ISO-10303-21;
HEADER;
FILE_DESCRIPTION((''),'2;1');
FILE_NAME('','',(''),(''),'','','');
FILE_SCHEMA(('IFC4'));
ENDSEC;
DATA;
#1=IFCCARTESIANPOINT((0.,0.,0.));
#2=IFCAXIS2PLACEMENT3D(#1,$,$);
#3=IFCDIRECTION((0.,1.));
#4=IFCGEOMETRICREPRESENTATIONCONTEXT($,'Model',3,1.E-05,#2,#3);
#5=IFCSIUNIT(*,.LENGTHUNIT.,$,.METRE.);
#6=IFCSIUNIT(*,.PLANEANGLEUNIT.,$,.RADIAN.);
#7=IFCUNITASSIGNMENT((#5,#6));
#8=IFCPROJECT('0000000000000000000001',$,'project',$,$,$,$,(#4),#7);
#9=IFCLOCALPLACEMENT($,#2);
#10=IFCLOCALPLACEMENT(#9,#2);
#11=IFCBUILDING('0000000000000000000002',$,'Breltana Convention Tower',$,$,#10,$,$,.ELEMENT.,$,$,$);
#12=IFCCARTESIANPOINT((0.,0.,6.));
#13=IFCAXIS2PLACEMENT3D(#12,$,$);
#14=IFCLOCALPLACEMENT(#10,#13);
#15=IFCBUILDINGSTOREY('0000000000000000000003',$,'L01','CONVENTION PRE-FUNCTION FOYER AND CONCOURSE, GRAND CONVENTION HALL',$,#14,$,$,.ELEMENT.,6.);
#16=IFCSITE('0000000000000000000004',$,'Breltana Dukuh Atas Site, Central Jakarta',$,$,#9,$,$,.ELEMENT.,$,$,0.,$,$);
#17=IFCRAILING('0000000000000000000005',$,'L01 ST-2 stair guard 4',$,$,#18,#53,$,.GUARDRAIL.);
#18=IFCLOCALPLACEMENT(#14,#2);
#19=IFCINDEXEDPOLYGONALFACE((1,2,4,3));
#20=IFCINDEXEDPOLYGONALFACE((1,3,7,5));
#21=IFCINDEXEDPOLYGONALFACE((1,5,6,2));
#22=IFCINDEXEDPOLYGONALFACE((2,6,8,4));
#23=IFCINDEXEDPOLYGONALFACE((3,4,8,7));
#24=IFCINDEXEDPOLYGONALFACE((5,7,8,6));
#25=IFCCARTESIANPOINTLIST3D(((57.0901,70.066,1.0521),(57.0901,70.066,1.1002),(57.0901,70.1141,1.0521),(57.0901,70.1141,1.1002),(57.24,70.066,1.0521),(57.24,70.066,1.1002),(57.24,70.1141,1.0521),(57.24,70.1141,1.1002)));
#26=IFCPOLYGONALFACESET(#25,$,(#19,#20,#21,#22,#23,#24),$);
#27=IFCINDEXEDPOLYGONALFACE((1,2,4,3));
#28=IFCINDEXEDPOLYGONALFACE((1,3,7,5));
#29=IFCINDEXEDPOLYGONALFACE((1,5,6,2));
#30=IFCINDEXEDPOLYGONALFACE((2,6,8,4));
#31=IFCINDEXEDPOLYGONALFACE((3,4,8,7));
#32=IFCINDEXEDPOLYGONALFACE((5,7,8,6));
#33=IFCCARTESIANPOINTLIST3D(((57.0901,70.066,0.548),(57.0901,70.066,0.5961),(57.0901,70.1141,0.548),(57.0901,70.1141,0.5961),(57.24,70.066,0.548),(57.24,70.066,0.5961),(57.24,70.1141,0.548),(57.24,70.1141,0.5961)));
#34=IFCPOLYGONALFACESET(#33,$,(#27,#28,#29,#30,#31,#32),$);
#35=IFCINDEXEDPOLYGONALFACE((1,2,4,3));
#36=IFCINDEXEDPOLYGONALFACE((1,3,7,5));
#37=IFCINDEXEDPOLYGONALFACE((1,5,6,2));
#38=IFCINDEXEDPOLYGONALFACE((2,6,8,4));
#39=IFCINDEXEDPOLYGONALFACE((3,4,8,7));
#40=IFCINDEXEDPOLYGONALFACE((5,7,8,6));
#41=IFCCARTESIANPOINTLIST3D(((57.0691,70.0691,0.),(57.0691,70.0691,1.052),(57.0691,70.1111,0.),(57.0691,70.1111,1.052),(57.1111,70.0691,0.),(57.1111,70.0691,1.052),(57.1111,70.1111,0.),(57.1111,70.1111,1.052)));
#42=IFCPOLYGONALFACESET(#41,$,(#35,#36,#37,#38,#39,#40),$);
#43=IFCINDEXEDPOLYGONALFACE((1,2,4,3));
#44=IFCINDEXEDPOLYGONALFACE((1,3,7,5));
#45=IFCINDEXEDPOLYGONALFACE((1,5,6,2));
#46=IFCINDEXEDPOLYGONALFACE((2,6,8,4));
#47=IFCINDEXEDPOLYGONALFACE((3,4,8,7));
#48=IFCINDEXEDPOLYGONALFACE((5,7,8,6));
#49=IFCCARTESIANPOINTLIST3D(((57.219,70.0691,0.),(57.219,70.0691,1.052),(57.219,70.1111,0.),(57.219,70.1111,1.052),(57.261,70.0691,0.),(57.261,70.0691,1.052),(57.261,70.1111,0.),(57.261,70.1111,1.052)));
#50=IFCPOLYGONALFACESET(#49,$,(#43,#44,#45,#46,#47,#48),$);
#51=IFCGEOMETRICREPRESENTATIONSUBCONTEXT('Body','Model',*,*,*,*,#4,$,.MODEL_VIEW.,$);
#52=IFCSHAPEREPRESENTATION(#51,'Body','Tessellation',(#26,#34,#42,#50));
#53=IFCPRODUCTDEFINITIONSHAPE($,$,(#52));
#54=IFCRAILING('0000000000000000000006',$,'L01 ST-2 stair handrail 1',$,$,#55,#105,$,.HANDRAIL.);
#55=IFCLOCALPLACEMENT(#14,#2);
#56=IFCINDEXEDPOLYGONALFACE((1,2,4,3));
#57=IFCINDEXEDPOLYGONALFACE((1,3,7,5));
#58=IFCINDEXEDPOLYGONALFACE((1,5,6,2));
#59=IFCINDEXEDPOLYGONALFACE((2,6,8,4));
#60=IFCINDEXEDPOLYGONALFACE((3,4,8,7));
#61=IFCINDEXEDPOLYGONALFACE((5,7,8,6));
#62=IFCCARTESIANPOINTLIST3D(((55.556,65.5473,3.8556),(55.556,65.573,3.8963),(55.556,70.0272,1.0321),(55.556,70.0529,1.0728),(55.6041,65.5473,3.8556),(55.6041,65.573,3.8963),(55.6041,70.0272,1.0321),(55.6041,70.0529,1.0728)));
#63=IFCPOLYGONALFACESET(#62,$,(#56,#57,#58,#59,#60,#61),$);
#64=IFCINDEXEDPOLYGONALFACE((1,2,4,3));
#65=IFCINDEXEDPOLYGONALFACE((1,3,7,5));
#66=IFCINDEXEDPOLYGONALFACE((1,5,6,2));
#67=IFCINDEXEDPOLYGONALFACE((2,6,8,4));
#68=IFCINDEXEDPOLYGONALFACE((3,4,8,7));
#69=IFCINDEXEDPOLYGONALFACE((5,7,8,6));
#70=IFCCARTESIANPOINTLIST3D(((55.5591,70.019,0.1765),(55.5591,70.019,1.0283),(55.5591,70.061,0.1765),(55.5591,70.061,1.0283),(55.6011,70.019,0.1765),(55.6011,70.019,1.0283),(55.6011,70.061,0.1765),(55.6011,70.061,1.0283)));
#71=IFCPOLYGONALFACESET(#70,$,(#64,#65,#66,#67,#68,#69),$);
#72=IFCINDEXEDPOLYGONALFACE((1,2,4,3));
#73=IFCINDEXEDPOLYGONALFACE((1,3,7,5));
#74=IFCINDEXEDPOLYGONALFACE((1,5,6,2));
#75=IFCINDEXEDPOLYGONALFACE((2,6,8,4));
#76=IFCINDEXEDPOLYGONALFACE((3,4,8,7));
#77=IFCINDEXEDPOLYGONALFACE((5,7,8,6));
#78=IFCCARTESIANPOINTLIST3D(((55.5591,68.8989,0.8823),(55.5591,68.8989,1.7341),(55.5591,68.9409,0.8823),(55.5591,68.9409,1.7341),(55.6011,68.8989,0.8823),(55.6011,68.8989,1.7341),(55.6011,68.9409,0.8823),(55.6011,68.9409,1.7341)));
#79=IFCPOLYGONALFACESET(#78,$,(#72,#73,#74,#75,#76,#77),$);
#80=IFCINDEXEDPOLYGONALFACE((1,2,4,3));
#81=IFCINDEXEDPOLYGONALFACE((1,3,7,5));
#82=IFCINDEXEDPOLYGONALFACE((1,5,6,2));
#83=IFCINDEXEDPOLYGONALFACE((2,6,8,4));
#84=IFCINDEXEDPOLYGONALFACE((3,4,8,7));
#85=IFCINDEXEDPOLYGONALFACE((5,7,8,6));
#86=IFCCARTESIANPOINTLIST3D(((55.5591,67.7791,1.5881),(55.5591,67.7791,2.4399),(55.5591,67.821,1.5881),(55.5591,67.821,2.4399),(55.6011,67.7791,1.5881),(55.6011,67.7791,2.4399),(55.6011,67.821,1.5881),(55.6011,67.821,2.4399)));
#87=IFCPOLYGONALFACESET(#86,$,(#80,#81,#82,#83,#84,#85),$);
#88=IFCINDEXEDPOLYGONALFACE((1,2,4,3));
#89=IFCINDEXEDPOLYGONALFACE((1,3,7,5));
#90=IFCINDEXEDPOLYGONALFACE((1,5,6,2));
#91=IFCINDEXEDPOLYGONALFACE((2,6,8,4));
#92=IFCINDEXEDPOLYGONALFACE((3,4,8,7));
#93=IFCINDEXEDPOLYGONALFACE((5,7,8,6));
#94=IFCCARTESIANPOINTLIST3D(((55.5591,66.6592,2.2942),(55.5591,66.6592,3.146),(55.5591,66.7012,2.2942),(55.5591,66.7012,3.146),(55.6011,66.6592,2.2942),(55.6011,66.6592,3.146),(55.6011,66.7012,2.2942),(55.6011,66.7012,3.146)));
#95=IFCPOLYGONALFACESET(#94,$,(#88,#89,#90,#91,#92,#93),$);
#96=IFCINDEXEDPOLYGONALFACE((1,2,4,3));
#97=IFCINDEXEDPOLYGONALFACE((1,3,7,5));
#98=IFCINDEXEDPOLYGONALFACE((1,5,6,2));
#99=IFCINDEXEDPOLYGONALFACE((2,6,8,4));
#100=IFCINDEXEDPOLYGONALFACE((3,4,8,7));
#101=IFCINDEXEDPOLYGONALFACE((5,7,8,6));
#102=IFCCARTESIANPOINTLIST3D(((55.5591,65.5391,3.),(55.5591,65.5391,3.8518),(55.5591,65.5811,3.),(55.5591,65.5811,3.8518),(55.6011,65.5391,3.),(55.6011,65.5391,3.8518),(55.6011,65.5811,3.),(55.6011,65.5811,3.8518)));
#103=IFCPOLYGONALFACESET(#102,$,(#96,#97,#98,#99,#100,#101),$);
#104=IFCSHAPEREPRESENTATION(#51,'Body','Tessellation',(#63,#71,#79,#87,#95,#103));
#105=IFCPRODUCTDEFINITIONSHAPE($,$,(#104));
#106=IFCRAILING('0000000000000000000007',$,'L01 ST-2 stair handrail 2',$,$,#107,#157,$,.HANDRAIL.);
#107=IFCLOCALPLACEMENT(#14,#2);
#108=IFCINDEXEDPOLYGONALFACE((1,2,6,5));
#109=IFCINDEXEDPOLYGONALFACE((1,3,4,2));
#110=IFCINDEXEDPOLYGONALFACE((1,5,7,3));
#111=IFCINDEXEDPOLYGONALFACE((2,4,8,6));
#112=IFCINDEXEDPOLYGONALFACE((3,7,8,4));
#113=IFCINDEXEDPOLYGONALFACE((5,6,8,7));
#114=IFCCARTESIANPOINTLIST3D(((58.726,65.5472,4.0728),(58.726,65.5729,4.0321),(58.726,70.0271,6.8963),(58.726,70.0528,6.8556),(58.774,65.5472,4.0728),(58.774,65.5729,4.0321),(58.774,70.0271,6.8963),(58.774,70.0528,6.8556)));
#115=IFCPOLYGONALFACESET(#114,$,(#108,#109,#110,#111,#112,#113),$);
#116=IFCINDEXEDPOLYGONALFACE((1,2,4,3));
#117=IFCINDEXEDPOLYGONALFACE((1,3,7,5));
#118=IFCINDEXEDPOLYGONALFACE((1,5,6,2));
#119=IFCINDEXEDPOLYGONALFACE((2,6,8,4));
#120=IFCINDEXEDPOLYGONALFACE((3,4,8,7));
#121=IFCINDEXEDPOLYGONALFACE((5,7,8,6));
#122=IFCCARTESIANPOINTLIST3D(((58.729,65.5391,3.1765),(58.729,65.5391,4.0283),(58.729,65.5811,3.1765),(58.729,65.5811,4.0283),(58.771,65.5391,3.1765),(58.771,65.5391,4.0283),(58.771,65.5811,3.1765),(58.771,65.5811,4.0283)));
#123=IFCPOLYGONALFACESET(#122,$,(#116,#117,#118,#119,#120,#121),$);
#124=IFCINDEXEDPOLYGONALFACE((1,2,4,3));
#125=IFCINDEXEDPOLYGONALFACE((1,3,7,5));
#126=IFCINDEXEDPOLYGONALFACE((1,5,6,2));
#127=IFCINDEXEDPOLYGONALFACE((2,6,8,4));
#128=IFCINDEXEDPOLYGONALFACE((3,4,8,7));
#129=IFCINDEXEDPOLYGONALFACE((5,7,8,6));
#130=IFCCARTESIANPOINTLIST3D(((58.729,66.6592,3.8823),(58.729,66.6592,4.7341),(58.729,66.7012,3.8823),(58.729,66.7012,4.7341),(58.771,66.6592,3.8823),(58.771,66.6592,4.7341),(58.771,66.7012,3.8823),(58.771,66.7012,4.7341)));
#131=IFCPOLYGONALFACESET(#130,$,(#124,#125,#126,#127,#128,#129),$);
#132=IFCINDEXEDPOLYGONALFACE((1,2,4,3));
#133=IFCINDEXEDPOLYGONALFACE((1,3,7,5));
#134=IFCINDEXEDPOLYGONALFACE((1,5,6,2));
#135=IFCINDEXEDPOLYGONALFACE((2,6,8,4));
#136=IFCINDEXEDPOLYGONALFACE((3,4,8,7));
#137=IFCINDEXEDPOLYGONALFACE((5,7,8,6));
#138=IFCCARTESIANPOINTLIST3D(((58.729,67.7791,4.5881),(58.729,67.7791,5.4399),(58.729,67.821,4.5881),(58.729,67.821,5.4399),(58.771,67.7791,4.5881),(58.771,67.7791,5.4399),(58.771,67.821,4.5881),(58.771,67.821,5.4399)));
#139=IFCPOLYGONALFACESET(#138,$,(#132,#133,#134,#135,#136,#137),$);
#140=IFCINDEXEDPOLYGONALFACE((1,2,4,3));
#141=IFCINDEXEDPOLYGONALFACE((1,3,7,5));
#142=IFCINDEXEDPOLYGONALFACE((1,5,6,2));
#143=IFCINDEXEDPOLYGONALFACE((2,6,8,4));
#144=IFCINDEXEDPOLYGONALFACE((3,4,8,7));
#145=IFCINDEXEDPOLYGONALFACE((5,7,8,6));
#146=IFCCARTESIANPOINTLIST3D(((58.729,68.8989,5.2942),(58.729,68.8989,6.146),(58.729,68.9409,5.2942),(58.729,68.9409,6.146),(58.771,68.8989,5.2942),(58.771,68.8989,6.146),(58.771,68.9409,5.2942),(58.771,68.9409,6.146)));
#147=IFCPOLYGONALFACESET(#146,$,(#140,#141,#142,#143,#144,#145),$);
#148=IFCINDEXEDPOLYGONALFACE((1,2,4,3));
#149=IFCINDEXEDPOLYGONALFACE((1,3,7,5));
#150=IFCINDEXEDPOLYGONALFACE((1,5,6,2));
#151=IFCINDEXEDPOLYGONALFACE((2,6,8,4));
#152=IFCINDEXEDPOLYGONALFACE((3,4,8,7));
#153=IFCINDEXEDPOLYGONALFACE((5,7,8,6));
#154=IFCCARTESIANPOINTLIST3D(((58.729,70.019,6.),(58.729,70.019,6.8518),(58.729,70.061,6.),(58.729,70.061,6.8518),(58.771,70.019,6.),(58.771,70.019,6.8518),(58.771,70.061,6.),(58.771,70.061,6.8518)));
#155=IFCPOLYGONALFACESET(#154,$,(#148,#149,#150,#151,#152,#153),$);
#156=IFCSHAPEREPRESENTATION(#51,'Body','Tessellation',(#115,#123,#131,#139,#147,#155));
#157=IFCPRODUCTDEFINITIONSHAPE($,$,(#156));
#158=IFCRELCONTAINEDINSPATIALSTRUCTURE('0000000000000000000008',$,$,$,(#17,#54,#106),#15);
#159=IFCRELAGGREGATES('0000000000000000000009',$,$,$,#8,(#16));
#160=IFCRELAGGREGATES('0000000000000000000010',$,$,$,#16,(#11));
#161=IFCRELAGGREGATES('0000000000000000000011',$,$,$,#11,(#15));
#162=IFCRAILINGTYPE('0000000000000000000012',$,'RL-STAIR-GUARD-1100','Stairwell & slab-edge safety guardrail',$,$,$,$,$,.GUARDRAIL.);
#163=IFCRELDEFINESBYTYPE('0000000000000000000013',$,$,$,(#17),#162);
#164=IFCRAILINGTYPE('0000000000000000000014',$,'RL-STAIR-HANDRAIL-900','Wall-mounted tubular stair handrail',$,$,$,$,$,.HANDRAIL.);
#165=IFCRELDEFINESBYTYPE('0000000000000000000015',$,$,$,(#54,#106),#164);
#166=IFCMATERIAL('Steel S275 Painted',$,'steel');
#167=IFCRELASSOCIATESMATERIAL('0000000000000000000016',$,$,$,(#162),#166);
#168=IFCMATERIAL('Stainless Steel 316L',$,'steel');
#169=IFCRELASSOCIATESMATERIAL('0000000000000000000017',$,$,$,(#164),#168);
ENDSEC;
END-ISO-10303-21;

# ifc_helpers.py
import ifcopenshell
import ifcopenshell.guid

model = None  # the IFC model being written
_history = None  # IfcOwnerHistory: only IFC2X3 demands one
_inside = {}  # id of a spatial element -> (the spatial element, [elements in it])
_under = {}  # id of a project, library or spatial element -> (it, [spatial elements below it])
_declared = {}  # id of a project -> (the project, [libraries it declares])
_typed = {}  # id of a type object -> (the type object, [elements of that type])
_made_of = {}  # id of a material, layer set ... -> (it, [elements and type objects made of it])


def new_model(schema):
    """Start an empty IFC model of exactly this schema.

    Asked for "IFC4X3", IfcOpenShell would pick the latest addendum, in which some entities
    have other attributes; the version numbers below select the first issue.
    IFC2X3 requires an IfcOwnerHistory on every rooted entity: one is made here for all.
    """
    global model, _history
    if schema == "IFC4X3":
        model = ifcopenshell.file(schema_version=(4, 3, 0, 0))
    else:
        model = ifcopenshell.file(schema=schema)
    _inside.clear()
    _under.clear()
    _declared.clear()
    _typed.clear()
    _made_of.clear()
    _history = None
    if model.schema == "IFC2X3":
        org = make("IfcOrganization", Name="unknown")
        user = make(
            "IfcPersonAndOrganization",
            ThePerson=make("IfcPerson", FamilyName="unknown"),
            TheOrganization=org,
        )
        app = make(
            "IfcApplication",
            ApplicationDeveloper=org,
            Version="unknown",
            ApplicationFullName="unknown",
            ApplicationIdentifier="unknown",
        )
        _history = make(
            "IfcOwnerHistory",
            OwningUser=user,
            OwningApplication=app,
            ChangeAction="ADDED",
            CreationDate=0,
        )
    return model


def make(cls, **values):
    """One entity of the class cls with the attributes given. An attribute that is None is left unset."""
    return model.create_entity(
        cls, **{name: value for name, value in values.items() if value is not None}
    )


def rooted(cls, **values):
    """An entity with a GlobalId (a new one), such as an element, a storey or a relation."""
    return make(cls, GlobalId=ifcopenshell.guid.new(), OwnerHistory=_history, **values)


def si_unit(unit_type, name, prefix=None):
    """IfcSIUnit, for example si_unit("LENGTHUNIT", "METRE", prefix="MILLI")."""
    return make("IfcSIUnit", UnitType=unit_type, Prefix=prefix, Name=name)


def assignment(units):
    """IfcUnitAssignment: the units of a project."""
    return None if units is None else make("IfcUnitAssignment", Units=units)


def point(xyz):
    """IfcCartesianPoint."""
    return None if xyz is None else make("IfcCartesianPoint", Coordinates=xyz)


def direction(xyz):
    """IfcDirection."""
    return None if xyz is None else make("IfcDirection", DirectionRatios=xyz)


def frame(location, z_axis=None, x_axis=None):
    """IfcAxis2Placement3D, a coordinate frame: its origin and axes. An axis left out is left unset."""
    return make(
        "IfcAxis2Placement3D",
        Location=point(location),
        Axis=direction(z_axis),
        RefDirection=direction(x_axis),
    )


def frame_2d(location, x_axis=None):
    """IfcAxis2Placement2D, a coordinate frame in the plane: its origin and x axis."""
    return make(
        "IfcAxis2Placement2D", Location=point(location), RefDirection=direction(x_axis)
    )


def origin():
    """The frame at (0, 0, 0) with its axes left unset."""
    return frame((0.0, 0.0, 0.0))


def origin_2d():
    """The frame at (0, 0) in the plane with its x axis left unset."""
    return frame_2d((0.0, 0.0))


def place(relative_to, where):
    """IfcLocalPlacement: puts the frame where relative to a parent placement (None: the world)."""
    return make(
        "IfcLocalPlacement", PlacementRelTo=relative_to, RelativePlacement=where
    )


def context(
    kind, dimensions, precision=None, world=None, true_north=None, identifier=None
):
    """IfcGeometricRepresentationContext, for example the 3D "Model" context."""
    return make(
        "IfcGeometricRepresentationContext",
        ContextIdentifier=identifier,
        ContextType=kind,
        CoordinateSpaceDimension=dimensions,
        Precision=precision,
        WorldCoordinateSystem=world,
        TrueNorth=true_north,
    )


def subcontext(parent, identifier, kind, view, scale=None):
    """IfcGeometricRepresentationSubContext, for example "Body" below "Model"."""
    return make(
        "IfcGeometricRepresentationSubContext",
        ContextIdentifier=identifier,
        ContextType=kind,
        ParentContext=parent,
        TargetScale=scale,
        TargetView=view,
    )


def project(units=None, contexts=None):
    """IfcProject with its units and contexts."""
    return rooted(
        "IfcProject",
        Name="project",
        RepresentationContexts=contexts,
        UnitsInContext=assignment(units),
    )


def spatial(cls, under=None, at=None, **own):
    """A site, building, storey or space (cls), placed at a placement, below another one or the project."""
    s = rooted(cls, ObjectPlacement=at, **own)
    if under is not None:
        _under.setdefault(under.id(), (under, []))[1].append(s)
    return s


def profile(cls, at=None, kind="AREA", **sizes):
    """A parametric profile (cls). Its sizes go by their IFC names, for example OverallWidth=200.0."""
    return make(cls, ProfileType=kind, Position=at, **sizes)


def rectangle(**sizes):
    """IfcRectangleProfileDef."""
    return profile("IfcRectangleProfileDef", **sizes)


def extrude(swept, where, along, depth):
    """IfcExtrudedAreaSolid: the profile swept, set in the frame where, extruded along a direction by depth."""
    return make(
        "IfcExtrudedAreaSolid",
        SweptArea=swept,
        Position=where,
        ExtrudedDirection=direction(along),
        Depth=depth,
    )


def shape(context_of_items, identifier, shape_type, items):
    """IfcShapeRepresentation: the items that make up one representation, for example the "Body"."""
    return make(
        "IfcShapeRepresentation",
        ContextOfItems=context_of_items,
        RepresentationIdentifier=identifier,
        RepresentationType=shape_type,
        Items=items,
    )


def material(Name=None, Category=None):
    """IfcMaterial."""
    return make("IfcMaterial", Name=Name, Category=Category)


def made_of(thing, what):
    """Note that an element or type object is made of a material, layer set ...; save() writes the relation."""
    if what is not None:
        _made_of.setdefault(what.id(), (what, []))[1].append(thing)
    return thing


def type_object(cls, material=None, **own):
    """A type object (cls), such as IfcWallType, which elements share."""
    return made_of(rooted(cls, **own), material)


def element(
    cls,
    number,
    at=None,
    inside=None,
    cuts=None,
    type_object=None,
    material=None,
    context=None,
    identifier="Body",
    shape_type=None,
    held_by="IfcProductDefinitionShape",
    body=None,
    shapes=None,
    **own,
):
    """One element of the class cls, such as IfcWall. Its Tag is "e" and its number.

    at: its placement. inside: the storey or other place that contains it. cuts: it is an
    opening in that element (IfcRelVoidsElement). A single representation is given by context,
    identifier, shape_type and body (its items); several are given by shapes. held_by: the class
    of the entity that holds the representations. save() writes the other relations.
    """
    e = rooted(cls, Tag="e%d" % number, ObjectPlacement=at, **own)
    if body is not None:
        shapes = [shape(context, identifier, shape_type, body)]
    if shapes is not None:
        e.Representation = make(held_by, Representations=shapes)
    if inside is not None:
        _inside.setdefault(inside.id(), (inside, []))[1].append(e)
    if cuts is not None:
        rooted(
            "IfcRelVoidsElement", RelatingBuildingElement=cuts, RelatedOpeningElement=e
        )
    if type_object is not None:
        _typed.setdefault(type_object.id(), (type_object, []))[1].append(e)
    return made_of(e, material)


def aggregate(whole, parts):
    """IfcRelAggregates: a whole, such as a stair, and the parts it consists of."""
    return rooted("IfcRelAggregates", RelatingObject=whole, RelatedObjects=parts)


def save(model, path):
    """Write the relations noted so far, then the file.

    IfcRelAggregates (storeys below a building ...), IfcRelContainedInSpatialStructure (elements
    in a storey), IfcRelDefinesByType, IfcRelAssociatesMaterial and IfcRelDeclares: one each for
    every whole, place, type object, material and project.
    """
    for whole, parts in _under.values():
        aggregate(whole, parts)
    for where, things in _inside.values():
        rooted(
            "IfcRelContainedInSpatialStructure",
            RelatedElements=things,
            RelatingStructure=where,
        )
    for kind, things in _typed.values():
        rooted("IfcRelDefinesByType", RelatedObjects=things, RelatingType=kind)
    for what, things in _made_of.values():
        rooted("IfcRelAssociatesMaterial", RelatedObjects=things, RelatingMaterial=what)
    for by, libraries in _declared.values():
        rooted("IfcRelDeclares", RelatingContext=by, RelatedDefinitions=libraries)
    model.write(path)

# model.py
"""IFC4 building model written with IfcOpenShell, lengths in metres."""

from ifc_helpers import new_model, si_unit, direction, frame, origin, origin_2d, place, context, subcontext, project, spatial, rectangle, extrude, material, type_object, element, save


model = new_model("IFC4")

# Units and contexts
model_context = context("Model", 3, precision=1e-05, world=origin(), true_north=direction((0.0, 1.0)))
body_context = subcontext(model_context, "Body", "Model", "MODEL_VIEW")
ifc_project = project(units=[si_unit("LENGTHUNIT", "METRE"), si_unit("PLANEANGLEUNIT", "RADIAN")], contexts=[model_context])

# Site, building, storey
site_placement = place(None, origin())
site = spatial("IfcSite", under=ifc_project, at=site_placement, Name="Breltana Dukuh Atas Site, Central Jakarta", CompositionType="ELEMENT", RefElevation=0.0)
building_placement = place(site_placement, origin())
building = spatial("IfcBuilding", under=site, at=building_placement, Name="Breltana Convention Tower", CompositionType="ELEMENT")
storey_placement = place(building_placement, frame((0.0, 0.0, 6.0)))
storey = spatial("IfcBuildingStorey", under=building, at=storey_placement, Name="L01", Description="CONVENTION PRE-FUNCTION FOYER AND CONCOURSE, GRAND CONVENTION HALL", CompositionType="ELEMENT", Elevation=6.0)

# Railings
ifc_material_1 = material(Name="Steel S275 Painted", Category="steel")
railing_type_1 = type_object("IfcRailingType", Name="RL-STAIR-GUARD-1100", Description="Stairwell & slab-edge safety guardrail", PredefinedType="GUARDRAIL", material=ifc_material_1)
railing_1_placement = place(storey_placement, frame((57.0901, 70.0901, 0.0)))
element("IfcRailing", 1, at=railing_1_placement, inside=storey, type_object=railing_type_1, Name="L01 ST-2 stair guard 4", PredefinedType="GUARDRAIL", context=body_context, shape_type="SweptSolid", body=[
    extrude(rectangle(XDim=0.0481, YDim=0.0481, at=origin_2d()), frame((0.0, 0.0, 1.0762), z_axis=(1.0, 0.0, 0.0), x_axis=(0.0, 1.0, 0.0)), (0.0, 0.0, 1.0), 0.1499),
    extrude(rectangle(XDim=0.0481, YDim=0.0481, at=origin_2d()), frame((0.0, 0.0, 0.572), z_axis=(1.0, 0.0, 0.0), x_axis=(0.0, 1.0, 0.0)), (0.0, 0.0, 1.0), 0.1499),
    extrude(rectangle(XDim=0.042, YDim=0.042, at=origin_2d()), origin(), (0.0, 0.0, 1.0), 1.052),
    extrude(rectangle(XDim=0.042, YDim=0.042, at=origin_2d()), frame((0.1499, 0.0, 0.0)), (0.0, 0.0, 1.0), 1.052),
])
ifc_material_2 = material(Name="Stainless Steel 316L", Category="steel")
railing_type_2 = type_object("IfcRailingType", Name="RL-STAIR-HANDRAIL-900", Description="Wall-mounted tubular stair handrail", PredefinedType="HANDRAIL", material=ifc_material_2)
railing_2_placement = place(storey_placement, frame((55.5801, 70.04, 0.1765)))
element("IfcRailing", 2, at=railing_2_placement, inside=storey, type_object=railing_type_2, Name="L01 ST-2 stair handrail 1", PredefinedType="HANDRAIL", context=body_context, shape_type="SweptSolid", body=[
    extrude(rectangle(XDim=0.0481, YDim=0.0481, at=origin_2d()), frame((0.0, 0.0, 0.876), z_axis=(0.0, -0.845998, 0.533186), x_axis=(1.0, 0.0, 0.0)), (0.0, 0.0, 1.0), 5.2954),
    extrude(rectangle(XDim=0.042, YDim=0.042, at=origin_2d()), origin(), (0.0, 0.0, 1.0), 0.8518),
    extrude(rectangle(XDim=0.042, YDim=0.042, at=origin_2d()), frame((0.0, -1.1201, 0.7058)), (0.0, 0.0, 1.0), 0.8518),
    extrude(rectangle(XDim=0.042, YDim=0.042, at=origin_2d()), frame((0.0, -2.24, 1.4116)), (0.0, 0.0, 1.0), 0.8518),
    extrude(rectangle(XDim=0.042, YDim=0.042, at=origin_2d()), frame((0.0, -3.3599, 2.1177)), (0.0, 0.0, 1.0), 0.8518),
    extrude(rectangle(XDim=0.042, YDim=0.042, at=origin_2d()), frame((0.0, -4.48, 2.8235)), (0.0, 0.0, 1.0), 0.8518),
])
railing_3_placement = place(storey_placement, frame((58.75, 65.5601, 3.1765)))
element("IfcRailing", 3, at=railing_3_placement, inside=storey, type_object=railing_type_2, Name="L01 ST-2 stair handrail 2", PredefinedType="HANDRAIL", context=body_context, shape_type="SweptSolid", body=[
    extrude(rectangle(XDim=0.0481, YDim=0.0481, at=origin_2d()), frame((0.0, 0.0, 0.876), z_axis=(0.0, 0.845998, 0.533186), x_axis=(-1.0, 0.0, 0.0)), (0.0, 0.0, 1.0), 5.2954),
    extrude(rectangle(XDim=0.042, YDim=0.042, at=origin_2d()), origin(), (0.0, 0.0, 1.0), 0.8518),
    extrude(rectangle(XDim=0.042, YDim=0.042, at=origin_2d()), frame((0.0, 1.1201, 0.7058)), (0.0, 0.0, 1.0), 0.8518),
    extrude(rectangle(XDim=0.042, YDim=0.042, at=origin_2d()), frame((0.0, 2.24, 1.4116)), (0.0, 0.0, 1.0), 0.8518),
    extrude(rectangle(XDim=0.042, YDim=0.042, at=origin_2d()), frame((0.0, 3.3599, 2.1177)), (0.0, 0.0, 1.0), 0.8518),
    extrude(rectangle(XDim=0.042, YDim=0.042, at=origin_2d()), frame((0.0, 4.48, 2.8235)), (0.0, 0.0, 1.0), 0.8518),
])

save(model, "model.ifc")
